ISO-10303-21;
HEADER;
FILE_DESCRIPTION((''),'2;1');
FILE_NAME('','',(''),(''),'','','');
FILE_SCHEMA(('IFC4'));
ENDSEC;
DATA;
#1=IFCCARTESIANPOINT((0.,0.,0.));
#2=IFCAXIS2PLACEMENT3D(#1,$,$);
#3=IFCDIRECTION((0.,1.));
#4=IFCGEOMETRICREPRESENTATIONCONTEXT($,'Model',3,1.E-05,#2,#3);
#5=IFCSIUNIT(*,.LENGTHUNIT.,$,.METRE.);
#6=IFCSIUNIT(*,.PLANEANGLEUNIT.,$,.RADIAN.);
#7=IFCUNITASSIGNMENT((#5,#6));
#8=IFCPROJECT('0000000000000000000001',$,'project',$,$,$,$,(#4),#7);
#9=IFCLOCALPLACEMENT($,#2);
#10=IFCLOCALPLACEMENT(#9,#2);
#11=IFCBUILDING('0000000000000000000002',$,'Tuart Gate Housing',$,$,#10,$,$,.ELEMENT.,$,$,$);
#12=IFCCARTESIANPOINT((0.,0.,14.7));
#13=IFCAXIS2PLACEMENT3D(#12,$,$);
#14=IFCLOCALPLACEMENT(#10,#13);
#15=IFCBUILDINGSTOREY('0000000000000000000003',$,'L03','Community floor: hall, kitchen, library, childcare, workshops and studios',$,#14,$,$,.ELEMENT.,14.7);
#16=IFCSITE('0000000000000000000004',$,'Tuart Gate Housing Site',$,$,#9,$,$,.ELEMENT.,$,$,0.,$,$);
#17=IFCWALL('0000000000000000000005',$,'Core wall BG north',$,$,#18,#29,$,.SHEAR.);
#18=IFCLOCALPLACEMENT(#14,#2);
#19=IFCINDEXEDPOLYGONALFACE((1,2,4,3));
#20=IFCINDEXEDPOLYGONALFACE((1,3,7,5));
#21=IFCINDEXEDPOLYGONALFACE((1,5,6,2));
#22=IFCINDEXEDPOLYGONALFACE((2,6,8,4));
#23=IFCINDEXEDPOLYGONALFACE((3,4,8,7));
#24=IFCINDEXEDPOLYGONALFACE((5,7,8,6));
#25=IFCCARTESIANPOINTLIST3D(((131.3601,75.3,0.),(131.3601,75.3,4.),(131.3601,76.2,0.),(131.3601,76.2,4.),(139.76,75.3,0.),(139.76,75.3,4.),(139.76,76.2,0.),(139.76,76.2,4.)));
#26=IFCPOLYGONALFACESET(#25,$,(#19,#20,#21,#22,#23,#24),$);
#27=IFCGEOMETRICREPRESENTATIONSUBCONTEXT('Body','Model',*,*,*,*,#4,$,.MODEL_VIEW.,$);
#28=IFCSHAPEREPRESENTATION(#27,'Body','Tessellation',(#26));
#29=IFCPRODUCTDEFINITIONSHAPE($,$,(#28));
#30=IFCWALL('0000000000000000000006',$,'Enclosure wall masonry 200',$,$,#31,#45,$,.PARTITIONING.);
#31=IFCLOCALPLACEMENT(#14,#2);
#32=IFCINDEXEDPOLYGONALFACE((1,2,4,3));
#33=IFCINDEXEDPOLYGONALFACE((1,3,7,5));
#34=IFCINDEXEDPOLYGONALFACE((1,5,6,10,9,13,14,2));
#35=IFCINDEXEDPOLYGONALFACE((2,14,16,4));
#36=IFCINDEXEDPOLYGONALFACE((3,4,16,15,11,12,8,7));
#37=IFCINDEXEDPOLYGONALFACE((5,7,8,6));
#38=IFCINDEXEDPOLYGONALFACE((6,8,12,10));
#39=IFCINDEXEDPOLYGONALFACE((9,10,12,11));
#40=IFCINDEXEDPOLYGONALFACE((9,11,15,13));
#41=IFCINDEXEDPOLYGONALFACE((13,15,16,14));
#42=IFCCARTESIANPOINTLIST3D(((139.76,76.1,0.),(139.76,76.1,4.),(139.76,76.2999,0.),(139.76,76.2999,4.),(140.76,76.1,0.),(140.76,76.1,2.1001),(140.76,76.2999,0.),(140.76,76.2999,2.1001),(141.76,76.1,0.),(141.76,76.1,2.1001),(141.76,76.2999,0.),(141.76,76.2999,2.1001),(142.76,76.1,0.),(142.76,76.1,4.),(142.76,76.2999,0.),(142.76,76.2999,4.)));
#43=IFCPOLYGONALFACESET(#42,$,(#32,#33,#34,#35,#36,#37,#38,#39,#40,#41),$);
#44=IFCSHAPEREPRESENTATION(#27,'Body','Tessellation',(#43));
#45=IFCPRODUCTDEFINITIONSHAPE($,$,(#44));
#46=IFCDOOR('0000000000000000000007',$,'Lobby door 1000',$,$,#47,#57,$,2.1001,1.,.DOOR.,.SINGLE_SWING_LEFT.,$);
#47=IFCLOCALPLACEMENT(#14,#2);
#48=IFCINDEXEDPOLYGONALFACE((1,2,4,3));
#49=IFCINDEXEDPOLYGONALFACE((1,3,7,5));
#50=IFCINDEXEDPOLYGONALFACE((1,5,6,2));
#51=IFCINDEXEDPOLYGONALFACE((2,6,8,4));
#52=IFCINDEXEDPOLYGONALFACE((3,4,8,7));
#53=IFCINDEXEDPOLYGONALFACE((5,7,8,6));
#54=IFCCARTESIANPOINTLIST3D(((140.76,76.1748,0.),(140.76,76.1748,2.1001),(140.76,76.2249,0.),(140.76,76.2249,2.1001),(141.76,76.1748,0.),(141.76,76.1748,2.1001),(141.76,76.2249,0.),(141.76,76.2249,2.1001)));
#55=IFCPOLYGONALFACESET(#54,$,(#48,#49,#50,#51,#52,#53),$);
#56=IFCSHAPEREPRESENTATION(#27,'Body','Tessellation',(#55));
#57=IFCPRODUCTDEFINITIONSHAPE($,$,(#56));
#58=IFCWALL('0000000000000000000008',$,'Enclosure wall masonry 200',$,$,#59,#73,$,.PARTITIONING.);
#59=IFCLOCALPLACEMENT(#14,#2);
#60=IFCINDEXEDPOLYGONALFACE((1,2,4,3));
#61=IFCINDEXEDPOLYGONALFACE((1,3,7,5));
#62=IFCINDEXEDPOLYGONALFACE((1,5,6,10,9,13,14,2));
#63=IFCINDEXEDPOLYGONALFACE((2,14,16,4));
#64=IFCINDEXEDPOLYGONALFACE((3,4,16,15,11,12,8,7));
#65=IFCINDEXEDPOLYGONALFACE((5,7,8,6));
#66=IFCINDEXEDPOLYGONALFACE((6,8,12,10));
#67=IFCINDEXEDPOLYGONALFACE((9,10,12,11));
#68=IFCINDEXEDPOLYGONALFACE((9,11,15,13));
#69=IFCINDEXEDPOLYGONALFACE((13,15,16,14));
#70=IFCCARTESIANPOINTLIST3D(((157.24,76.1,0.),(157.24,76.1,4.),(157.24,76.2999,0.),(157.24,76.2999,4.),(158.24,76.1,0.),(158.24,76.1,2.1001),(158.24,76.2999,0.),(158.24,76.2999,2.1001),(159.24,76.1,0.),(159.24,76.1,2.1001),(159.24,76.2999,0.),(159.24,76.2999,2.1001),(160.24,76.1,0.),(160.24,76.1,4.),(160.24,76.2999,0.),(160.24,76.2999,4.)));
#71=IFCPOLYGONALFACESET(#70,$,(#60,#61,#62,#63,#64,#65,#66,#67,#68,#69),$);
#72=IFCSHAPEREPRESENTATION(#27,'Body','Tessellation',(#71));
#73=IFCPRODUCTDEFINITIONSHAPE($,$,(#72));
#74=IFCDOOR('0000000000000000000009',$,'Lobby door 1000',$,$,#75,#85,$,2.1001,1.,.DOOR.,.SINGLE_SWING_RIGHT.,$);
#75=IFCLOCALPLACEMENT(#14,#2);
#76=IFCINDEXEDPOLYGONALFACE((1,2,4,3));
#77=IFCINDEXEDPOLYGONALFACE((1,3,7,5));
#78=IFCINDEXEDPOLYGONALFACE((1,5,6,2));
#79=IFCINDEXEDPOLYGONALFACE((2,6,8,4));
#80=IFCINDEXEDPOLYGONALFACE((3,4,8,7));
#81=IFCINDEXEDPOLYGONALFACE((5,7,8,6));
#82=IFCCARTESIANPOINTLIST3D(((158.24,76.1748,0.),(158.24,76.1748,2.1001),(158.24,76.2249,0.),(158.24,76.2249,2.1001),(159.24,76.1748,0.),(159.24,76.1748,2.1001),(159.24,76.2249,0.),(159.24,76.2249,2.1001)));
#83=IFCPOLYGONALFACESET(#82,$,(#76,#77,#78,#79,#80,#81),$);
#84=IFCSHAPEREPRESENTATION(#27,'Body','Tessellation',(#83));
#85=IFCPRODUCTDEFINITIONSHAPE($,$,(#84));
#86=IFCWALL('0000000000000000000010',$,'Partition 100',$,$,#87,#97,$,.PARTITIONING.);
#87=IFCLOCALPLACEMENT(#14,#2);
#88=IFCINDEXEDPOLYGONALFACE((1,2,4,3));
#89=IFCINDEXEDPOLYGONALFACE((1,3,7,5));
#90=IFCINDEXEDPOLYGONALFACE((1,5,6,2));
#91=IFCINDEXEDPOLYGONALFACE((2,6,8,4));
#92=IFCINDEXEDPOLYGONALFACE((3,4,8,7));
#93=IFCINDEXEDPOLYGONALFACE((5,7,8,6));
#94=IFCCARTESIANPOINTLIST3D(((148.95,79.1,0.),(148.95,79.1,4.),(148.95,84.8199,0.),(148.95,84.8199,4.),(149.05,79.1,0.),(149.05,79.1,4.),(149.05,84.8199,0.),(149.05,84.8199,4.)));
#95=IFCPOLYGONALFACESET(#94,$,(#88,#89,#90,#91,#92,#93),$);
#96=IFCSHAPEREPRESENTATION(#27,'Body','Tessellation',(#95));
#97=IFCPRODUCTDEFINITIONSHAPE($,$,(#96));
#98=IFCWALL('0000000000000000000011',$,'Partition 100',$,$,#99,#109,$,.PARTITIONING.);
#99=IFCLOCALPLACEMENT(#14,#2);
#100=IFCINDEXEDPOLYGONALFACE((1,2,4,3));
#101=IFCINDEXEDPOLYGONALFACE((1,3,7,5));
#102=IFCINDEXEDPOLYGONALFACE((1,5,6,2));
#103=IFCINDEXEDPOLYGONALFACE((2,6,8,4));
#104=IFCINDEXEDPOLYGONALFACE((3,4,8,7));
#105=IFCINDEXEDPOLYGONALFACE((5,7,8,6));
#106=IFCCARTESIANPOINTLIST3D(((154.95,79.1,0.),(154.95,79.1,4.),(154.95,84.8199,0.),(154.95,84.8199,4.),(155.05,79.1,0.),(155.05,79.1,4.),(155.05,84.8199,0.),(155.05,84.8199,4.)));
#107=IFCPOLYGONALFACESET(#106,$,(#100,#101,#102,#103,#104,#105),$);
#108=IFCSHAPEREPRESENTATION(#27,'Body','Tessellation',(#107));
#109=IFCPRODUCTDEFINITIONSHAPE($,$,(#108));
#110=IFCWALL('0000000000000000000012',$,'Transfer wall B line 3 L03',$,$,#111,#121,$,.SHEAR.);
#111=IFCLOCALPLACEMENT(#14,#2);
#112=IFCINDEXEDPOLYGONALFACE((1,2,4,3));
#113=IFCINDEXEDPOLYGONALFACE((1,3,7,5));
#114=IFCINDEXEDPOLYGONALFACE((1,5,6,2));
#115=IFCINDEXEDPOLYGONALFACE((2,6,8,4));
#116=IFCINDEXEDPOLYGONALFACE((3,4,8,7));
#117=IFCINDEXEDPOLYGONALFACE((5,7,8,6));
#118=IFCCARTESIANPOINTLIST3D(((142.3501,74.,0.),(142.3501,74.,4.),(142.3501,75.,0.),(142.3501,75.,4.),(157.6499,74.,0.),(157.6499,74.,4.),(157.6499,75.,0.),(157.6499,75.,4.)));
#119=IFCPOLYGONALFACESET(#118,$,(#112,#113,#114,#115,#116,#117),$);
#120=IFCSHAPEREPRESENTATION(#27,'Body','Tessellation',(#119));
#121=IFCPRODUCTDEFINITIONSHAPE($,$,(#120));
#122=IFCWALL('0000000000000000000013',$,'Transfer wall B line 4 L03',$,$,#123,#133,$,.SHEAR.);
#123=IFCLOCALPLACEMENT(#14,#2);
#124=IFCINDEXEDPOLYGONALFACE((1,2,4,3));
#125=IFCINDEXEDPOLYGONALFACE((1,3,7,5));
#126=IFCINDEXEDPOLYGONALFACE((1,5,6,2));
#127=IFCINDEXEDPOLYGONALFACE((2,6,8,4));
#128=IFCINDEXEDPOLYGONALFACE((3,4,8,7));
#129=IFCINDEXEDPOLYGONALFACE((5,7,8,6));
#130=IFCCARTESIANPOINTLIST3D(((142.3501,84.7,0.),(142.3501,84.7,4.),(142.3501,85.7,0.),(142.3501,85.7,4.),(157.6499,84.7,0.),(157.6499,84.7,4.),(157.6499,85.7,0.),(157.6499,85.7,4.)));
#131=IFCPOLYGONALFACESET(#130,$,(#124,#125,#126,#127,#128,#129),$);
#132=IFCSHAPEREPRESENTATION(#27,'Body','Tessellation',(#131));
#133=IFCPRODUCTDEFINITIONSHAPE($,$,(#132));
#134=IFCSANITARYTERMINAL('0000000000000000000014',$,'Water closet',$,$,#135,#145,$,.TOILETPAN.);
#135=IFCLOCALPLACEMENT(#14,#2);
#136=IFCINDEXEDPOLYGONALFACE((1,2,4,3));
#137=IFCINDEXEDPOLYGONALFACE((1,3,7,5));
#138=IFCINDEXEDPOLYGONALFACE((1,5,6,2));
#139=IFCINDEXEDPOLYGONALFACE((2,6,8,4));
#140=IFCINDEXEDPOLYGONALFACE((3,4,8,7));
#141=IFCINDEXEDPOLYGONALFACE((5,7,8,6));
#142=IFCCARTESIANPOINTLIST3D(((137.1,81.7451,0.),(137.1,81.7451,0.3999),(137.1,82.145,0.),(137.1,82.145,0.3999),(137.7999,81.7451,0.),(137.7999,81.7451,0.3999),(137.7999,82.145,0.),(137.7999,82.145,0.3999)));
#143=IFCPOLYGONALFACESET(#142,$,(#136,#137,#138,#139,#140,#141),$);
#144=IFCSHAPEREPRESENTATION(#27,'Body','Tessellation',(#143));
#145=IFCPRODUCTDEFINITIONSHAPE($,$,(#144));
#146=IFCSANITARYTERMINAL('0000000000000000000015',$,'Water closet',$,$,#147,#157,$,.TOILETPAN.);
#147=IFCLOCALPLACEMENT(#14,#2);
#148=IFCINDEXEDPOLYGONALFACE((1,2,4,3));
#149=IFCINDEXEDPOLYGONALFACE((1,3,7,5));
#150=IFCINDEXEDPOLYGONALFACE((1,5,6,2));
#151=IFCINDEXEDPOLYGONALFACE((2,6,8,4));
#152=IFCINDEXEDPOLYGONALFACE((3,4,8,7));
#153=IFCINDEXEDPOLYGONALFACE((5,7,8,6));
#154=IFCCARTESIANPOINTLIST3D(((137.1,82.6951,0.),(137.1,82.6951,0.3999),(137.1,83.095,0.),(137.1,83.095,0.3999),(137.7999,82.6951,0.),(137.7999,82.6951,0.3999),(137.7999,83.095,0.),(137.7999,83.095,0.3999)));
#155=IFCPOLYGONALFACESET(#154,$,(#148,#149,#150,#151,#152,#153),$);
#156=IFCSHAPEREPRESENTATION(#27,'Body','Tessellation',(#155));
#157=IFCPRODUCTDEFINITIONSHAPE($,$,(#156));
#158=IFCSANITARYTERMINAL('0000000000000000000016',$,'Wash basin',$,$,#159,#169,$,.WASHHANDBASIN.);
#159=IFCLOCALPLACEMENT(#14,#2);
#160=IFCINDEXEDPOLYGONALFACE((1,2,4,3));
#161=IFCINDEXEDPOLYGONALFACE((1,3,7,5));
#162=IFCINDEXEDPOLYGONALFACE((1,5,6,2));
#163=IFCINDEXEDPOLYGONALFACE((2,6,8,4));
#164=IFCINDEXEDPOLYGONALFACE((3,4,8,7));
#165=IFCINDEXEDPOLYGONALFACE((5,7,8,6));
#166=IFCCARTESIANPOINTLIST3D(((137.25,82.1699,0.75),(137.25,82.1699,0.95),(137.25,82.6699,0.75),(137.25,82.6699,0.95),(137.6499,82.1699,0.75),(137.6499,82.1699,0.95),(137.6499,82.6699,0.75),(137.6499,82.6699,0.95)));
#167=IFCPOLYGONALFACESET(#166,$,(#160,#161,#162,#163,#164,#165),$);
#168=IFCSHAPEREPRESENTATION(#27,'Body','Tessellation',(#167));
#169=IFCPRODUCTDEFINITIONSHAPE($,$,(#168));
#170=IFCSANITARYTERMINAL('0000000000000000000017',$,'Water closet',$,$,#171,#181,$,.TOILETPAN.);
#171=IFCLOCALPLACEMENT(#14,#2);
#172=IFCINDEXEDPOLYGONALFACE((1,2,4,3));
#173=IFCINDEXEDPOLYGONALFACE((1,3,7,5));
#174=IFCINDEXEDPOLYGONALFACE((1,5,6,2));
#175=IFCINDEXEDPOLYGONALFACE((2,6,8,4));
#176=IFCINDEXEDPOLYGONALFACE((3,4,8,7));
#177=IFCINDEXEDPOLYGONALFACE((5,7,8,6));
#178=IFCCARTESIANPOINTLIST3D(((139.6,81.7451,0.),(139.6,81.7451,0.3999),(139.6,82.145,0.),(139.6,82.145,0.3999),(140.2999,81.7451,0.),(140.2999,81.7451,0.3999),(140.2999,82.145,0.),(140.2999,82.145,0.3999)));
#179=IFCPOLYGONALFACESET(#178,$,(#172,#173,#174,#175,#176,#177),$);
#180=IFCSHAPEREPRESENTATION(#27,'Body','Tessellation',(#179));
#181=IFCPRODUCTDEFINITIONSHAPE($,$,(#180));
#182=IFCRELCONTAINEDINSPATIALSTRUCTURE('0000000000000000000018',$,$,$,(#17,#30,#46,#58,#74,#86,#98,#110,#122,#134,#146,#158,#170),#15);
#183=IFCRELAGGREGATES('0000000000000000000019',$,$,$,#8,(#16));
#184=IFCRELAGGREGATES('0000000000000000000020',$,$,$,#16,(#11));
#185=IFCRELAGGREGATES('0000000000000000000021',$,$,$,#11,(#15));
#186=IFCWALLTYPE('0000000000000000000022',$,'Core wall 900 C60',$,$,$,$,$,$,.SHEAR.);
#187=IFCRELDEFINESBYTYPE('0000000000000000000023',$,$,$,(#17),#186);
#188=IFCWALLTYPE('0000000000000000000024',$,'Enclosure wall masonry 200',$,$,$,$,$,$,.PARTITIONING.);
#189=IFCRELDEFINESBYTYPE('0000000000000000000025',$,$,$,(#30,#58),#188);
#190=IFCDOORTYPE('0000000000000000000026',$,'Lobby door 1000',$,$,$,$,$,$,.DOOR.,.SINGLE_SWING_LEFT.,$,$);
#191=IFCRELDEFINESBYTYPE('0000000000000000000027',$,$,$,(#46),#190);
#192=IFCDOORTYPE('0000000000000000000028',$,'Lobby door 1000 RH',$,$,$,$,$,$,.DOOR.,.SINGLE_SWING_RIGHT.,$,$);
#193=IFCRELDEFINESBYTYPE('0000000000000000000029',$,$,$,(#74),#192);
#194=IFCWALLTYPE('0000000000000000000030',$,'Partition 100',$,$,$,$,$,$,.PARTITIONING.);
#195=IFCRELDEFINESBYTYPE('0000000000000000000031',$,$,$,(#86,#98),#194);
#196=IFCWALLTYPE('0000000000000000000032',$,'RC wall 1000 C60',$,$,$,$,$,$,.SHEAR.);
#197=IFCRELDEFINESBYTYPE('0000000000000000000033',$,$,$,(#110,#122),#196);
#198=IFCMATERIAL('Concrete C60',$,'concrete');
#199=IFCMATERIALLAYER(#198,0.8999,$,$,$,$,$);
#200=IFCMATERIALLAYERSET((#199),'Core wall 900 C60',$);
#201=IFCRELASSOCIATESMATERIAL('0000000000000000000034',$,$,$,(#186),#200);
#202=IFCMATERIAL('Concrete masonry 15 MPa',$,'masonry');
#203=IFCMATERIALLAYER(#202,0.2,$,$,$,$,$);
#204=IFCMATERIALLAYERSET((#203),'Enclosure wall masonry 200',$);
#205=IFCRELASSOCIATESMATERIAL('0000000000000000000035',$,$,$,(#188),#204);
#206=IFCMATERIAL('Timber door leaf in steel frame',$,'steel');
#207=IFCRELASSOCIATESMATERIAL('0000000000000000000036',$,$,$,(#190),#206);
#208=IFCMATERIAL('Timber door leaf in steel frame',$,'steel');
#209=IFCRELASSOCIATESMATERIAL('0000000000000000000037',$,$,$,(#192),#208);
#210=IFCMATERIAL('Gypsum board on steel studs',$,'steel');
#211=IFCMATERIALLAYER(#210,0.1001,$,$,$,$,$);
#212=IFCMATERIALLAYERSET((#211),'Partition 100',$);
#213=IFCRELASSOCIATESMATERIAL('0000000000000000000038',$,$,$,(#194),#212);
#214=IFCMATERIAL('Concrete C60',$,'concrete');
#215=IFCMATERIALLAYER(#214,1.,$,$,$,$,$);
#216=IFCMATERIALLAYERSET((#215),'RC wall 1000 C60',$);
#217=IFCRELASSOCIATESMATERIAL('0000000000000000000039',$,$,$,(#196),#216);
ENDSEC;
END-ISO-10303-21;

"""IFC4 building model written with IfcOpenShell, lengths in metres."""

from ifc_helpers import new_model, si_unit, direction, frame, frame_2d, origin, origin_2d, place, context, subcontext, project, spatial, rectangle, extrude, material, layer, layer_set, type_object, element, fill, save


model = new_model("IFC4")

# Units and contexts
model_context = context("Model", 3, precision=1e-05, world=origin(), true_north=direction((0.0, 1.0)))
body_context = subcontext(model_context, "Body", "Model", "MODEL_VIEW")
ifc_project = project(units=[si_unit("LENGTHUNIT", "METRE"), si_unit("PLANEANGLEUNIT", "RADIAN")], contexts=[model_context])

# Site, building, storey
site_placement = place(None, origin())
site = spatial("IfcSite", under=ifc_project, at=site_placement, Name="Tuart Gate Housing Site", CompositionType="ELEMENT", RefElevation=0.0)
building_placement = place(site_placement, origin())
building = spatial("IfcBuilding", under=site, at=building_placement, Name="Tuart Gate Housing", CompositionType="ELEMENT")
storey_placement = place(building_placement, frame((0.0, 0.0, 14.7)))
storey = spatial("IfcBuildingStorey", under=building, at=storey_placement, Name="L03", Description="Community floor: hall, kitchen, library, childcare, workshops and studios", CompositionType="ELEMENT", Elevation=14.7)

# Wall
ifc_material_1 = material(Name="Concrete C60", Category="concrete")
ifc_layer_1 = layer(ifc_material_1, 0.8999)
ifc_layer_set_1 = layer_set([ifc_layer_1], Name="Core wall 900 C60")
wall_type_1 = type_object("IfcWallType", Name="Core wall 900 C60", PredefinedType="SHEAR", material=ifc_layer_set_1)
wall_1_placement = place(storey_placement, frame((139.76, 75.75, 0.0), z_axis=(0.0, 0.0, 1.0), x_axis=(-1.0, 0.0, 0.0)))
element("IfcWall", 1, at=wall_1_placement, inside=storey, type_object=wall_type_1, Name="Core wall BG north", PredefinedType="SHEAR", context=body_context, shape_type="SweptSolid", body=[
    extrude(rectangle(XDim=8.3999, YDim=0.8999, at=frame_2d((4.2, 0.0))), origin(), (0.0, 0.0, 1.0), 4.0),
])

# Walls, openings, doors
ifc_material_2 = material(Name="Concrete masonry 15 MPa", Category="masonry")
ifc_layer_2 = layer(ifc_material_2, 0.2)
ifc_layer_set_2 = layer_set([ifc_layer_2], Name="Enclosure wall masonry 200")
wall_type_2 = type_object("IfcWallType", Name="Enclosure wall masonry 200", PredefinedType="PARTITIONING", material=ifc_layer_set_2)
wall_2_placement = place(storey_placement, frame((139.76, 76.2, 0.0), z_axis=(0.0, 0.0, 1.0), x_axis=(1.0, 0.0, 0.0)))
wall_2 = element("IfcWall", 2, at=wall_2_placement, inside=storey, type_object=wall_type_2, Name="Enclosure wall masonry 200", PredefinedType="PARTITIONING", context=body_context, shape_type="SweptSolid", body=[
    extrude(rectangle(XDim=3.0, YDim=0.2, at=frame_2d((1.5, 0.0))), origin(), (0.0, 0.0, 1.0), 4.0),
])
opening_1_placement = place(wall_2_placement, frame((1.0, 0.0, 0.0)))
opening_1 = element("IfcOpeningElement", 3, at=opening_1_placement, cuts=wall_2, PredefinedType="OPENING", context=body_context, shape_type="SweptSolid", body=[
    extrude(rectangle(XDim=1.0, YDim=2.1001, at=frame_2d((0.5, 1.05))), frame((0.0, 0.1099, 0.0), z_axis=(0.0, -1.0, 0.0), x_axis=(1.0, 0.0, 0.0)), (0.0, 0.0, 1.0), 0.22),
])
ifc_material_3 = material(Name="Timber door leaf in steel frame", Category="steel")
door_type_1 = type_object("IfcDoorType", Name="Lobby door 1000", OperationType="SINGLE_SWING_LEFT", PredefinedType="DOOR", material=ifc_material_3)
door_1_placement = place(opening_1_placement, frame((1.0, 0.0, 0.0), z_axis=(0.0, 0.0, 1.0), x_axis=(-1.0, 0.0, 0.0)))
door_1 = element("IfcDoor", 4, at=door_1_placement, inside=storey, type_object=door_type_1, Name="Lobby door 1000", OperationType="SINGLE_SWING_LEFT", OverallHeight=2.1001, OverallWidth=1.0, PredefinedType="DOOR", context=body_context, shape_type="SweptSolid", body=[
    extrude(rectangle(XDim=1.0, YDim=2.1001, at=frame_2d((0.5, 1.05))), frame((0.0, 0.0251, 0.0), z_axis=(0.0, -1.0, 0.0), x_axis=(1.0, 0.0, 0.0)), (0.0, 0.0, 1.0), 0.05),
])
fill(opening_1, door_1)
wall_3_placement = place(storey_placement, frame((157.24, 76.2, 0.0), z_axis=(0.0, 0.0, 1.0), x_axis=(1.0, 0.0, 0.0)))
wall_3 = element("IfcWall", 5, at=wall_3_placement, inside=storey, type_object=wall_type_2, Name="Enclosure wall masonry 200", PredefinedType="PARTITIONING", context=body_context, shape_type="SweptSolid", body=[
    extrude(rectangle(XDim=3.0, YDim=0.2, at=frame_2d((1.5, 0.0))), origin(), (0.0, 0.0, 1.0), 4.0),
])
opening_2_placement = place(wall_3_placement, frame((1.0, 0.0, 0.0)))
opening_2 = element("IfcOpeningElement", 6, at=opening_2_placement, cuts=wall_3, PredefinedType="OPENING", context=body_context, shape_type="SweptSolid", body=[
    extrude(rectangle(XDim=1.0, YDim=2.1001, at=frame_2d((0.5, 1.05))), frame((0.0, 0.1099, 0.0), z_axis=(0.0, -1.0, 0.0), x_axis=(1.0, 0.0, 0.0)), (0.0, 0.0, 1.0), 0.22),
])
ifc_material_4 = material(Name="Timber door leaf in steel frame", Category="steel")
door_type_2 = type_object("IfcDoorType", Name="Lobby door 1000 RH", OperationType="SINGLE_SWING_RIGHT", PredefinedType="DOOR", material=ifc_material_4)
door_2_placement = place(opening_2_placement, frame((1.0, 0.0, 0.0), z_axis=(0.0, 0.0, 1.0), x_axis=(-1.0, 0.0, 0.0)))
door_2 = element("IfcDoor", 7, at=door_2_placement, inside=storey, type_object=door_type_2, Name="Lobby door 1000", OperationType="SINGLE_SWING_RIGHT", OverallHeight=2.1001, OverallWidth=1.0, PredefinedType="DOOR", context=body_context, shape_type="SweptSolid", body=[
    extrude(rectangle(XDim=1.0, YDim=2.1001, at=frame_2d((0.5, 1.05))), frame((0.0, 0.0251, 0.0), z_axis=(0.0, -1.0, 0.0), x_axis=(1.0, 0.0, 0.0)), (0.0, 0.0, 1.0), 0.05),
])
fill(opening_2, door_2)

# Walls
ifc_material_5 = material(Name="Gypsum board on steel studs", Category="steel")
ifc_layer_3 = layer(ifc_material_5, 0.1001)
ifc_layer_set_3 = layer_set([ifc_layer_3], Name="Partition 100")
wall_type_3 = type_object("IfcWallType", Name="Partition 100", PredefinedType="PARTITIONING", material=ifc_layer_set_3)
for number, where, z_axis, x_axis, name in (
    (8, (149.0, 79.1001, 0.0), (0.0, 0.0, 1.0), (0.0, 1.0, 0.0), "Partition 100"),
    (9, (155.0, 79.1001, 0.0), (0.0, 0.0, 1.0), (0.0, 1.0, 0.0), "Partition 100"),
):
    element("IfcWall", number, at=place(storey_placement, frame(where, z_axis=z_axis, x_axis=x_axis)), inside=storey, type_object=wall_type_3, Name=name, PredefinedType="PARTITIONING", context=body_context, shape_type="SweptSolid", body=[
        extrude(rectangle(XDim=5.72, YDim=0.1001, at=frame_2d((2.8599, 0.0))), origin(), (0.0, 0.0, 1.0), 4.0),
    ])
ifc_material_6 = material(Name="Concrete C60", Category="concrete")
ifc_layer_4 = layer(ifc_material_6, 1.0)
ifc_layer_set_4 = layer_set([ifc_layer_4], Name="RC wall 1000 C60")
wall_type_4 = type_object("IfcWallType", Name="RC wall 1000 C60", PredefinedType="SHEAR", material=ifc_layer_set_4)
for number, where, z_axis, x_axis, name in (
    (10, (142.3501, 74.5, 0.0), (0.0, 0.0, 1.0), (1.0, 0.0, 0.0), "Transfer wall B line 3 L03"),
    (11, (142.3501, 85.2, 0.0), (0.0, 0.0, 1.0), (1.0, 0.0, 0.0), "Transfer wall B line 4 L03"),
):
    element("IfcWall", number, at=place(storey_placement, frame(where, z_axis=z_axis, x_axis=x_axis)), inside=storey, type_object=wall_type_4, Name=name, PredefinedType="SHEAR", context=body_context, shape_type="SweptSolid", body=[
        extrude(rectangle(XDim=15.2998, YDim=1.0, at=frame_2d((7.6499, 0.0))), origin(), (0.0, 0.0, 1.0), 4.0),
    ])

# Sanitary terminals
for number, where, z_axis, x_axis, name in (
    (12, (137.45, 81.9451, 0.0), (0.0, 0.0, 1.0), (1.0, 0.0, 0.0), "Water closet"),
    (13, (137.45, 82.895, 0.0), (0.0, 0.0, 1.0), (1.0, 0.0, 0.0), "Water closet"),
):
    element("IfcSanitaryTerminal", number, at=place(storey_placement, frame(where, z_axis=z_axis, x_axis=x_axis)), inside=storey, Name=name, PredefinedType="TOILETPAN", context=body_context, shape_type="SweptSolid", body=[
        extrude(rectangle(XDim=0.7, YDim=0.3999, at=origin_2d()), origin(), (0.0, 0.0, 1.0), 0.3999),
    ])
sanitary_terminal_1_placement = place(storey_placement, frame((137.45, 82.4199, 0.75), z_axis=(0.0, 0.0, 1.0), x_axis=(1.0, 0.0, 0.0)))
element("IfcSanitaryTerminal", 14, at=sanitary_terminal_1_placement, inside=storey, Name="Wash basin", PredefinedType="WASHHANDBASIN", context=body_context, shape_type="SweptSolid", body=[
    extrude(rectangle(XDim=0.3999, YDim=0.5, at=origin_2d()), origin(), (0.0, 0.0, 1.0), 0.2),
])
for number, where, z_axis, x_axis, name in (
    (15, (139.95, 81.9451, 0.0), (0.0, 0.0, 1.0), (1.0, 0.0, 0.0), "Water closet"),
):
    element("IfcSanitaryTerminal", number, at=place(storey_placement, frame(where, z_axis=z_axis, x_axis=x_axis)), inside=storey, Name=name, PredefinedType="TOILETPAN", context=body_context, shape_type="SweptSolid", body=[
        extrude(rectangle(XDim=0.7, YDim=0.3999, at=origin_2d()), origin(), (0.0, 0.0, 1.0), 0.3999),
    ])

save(model, "model.ifc")
